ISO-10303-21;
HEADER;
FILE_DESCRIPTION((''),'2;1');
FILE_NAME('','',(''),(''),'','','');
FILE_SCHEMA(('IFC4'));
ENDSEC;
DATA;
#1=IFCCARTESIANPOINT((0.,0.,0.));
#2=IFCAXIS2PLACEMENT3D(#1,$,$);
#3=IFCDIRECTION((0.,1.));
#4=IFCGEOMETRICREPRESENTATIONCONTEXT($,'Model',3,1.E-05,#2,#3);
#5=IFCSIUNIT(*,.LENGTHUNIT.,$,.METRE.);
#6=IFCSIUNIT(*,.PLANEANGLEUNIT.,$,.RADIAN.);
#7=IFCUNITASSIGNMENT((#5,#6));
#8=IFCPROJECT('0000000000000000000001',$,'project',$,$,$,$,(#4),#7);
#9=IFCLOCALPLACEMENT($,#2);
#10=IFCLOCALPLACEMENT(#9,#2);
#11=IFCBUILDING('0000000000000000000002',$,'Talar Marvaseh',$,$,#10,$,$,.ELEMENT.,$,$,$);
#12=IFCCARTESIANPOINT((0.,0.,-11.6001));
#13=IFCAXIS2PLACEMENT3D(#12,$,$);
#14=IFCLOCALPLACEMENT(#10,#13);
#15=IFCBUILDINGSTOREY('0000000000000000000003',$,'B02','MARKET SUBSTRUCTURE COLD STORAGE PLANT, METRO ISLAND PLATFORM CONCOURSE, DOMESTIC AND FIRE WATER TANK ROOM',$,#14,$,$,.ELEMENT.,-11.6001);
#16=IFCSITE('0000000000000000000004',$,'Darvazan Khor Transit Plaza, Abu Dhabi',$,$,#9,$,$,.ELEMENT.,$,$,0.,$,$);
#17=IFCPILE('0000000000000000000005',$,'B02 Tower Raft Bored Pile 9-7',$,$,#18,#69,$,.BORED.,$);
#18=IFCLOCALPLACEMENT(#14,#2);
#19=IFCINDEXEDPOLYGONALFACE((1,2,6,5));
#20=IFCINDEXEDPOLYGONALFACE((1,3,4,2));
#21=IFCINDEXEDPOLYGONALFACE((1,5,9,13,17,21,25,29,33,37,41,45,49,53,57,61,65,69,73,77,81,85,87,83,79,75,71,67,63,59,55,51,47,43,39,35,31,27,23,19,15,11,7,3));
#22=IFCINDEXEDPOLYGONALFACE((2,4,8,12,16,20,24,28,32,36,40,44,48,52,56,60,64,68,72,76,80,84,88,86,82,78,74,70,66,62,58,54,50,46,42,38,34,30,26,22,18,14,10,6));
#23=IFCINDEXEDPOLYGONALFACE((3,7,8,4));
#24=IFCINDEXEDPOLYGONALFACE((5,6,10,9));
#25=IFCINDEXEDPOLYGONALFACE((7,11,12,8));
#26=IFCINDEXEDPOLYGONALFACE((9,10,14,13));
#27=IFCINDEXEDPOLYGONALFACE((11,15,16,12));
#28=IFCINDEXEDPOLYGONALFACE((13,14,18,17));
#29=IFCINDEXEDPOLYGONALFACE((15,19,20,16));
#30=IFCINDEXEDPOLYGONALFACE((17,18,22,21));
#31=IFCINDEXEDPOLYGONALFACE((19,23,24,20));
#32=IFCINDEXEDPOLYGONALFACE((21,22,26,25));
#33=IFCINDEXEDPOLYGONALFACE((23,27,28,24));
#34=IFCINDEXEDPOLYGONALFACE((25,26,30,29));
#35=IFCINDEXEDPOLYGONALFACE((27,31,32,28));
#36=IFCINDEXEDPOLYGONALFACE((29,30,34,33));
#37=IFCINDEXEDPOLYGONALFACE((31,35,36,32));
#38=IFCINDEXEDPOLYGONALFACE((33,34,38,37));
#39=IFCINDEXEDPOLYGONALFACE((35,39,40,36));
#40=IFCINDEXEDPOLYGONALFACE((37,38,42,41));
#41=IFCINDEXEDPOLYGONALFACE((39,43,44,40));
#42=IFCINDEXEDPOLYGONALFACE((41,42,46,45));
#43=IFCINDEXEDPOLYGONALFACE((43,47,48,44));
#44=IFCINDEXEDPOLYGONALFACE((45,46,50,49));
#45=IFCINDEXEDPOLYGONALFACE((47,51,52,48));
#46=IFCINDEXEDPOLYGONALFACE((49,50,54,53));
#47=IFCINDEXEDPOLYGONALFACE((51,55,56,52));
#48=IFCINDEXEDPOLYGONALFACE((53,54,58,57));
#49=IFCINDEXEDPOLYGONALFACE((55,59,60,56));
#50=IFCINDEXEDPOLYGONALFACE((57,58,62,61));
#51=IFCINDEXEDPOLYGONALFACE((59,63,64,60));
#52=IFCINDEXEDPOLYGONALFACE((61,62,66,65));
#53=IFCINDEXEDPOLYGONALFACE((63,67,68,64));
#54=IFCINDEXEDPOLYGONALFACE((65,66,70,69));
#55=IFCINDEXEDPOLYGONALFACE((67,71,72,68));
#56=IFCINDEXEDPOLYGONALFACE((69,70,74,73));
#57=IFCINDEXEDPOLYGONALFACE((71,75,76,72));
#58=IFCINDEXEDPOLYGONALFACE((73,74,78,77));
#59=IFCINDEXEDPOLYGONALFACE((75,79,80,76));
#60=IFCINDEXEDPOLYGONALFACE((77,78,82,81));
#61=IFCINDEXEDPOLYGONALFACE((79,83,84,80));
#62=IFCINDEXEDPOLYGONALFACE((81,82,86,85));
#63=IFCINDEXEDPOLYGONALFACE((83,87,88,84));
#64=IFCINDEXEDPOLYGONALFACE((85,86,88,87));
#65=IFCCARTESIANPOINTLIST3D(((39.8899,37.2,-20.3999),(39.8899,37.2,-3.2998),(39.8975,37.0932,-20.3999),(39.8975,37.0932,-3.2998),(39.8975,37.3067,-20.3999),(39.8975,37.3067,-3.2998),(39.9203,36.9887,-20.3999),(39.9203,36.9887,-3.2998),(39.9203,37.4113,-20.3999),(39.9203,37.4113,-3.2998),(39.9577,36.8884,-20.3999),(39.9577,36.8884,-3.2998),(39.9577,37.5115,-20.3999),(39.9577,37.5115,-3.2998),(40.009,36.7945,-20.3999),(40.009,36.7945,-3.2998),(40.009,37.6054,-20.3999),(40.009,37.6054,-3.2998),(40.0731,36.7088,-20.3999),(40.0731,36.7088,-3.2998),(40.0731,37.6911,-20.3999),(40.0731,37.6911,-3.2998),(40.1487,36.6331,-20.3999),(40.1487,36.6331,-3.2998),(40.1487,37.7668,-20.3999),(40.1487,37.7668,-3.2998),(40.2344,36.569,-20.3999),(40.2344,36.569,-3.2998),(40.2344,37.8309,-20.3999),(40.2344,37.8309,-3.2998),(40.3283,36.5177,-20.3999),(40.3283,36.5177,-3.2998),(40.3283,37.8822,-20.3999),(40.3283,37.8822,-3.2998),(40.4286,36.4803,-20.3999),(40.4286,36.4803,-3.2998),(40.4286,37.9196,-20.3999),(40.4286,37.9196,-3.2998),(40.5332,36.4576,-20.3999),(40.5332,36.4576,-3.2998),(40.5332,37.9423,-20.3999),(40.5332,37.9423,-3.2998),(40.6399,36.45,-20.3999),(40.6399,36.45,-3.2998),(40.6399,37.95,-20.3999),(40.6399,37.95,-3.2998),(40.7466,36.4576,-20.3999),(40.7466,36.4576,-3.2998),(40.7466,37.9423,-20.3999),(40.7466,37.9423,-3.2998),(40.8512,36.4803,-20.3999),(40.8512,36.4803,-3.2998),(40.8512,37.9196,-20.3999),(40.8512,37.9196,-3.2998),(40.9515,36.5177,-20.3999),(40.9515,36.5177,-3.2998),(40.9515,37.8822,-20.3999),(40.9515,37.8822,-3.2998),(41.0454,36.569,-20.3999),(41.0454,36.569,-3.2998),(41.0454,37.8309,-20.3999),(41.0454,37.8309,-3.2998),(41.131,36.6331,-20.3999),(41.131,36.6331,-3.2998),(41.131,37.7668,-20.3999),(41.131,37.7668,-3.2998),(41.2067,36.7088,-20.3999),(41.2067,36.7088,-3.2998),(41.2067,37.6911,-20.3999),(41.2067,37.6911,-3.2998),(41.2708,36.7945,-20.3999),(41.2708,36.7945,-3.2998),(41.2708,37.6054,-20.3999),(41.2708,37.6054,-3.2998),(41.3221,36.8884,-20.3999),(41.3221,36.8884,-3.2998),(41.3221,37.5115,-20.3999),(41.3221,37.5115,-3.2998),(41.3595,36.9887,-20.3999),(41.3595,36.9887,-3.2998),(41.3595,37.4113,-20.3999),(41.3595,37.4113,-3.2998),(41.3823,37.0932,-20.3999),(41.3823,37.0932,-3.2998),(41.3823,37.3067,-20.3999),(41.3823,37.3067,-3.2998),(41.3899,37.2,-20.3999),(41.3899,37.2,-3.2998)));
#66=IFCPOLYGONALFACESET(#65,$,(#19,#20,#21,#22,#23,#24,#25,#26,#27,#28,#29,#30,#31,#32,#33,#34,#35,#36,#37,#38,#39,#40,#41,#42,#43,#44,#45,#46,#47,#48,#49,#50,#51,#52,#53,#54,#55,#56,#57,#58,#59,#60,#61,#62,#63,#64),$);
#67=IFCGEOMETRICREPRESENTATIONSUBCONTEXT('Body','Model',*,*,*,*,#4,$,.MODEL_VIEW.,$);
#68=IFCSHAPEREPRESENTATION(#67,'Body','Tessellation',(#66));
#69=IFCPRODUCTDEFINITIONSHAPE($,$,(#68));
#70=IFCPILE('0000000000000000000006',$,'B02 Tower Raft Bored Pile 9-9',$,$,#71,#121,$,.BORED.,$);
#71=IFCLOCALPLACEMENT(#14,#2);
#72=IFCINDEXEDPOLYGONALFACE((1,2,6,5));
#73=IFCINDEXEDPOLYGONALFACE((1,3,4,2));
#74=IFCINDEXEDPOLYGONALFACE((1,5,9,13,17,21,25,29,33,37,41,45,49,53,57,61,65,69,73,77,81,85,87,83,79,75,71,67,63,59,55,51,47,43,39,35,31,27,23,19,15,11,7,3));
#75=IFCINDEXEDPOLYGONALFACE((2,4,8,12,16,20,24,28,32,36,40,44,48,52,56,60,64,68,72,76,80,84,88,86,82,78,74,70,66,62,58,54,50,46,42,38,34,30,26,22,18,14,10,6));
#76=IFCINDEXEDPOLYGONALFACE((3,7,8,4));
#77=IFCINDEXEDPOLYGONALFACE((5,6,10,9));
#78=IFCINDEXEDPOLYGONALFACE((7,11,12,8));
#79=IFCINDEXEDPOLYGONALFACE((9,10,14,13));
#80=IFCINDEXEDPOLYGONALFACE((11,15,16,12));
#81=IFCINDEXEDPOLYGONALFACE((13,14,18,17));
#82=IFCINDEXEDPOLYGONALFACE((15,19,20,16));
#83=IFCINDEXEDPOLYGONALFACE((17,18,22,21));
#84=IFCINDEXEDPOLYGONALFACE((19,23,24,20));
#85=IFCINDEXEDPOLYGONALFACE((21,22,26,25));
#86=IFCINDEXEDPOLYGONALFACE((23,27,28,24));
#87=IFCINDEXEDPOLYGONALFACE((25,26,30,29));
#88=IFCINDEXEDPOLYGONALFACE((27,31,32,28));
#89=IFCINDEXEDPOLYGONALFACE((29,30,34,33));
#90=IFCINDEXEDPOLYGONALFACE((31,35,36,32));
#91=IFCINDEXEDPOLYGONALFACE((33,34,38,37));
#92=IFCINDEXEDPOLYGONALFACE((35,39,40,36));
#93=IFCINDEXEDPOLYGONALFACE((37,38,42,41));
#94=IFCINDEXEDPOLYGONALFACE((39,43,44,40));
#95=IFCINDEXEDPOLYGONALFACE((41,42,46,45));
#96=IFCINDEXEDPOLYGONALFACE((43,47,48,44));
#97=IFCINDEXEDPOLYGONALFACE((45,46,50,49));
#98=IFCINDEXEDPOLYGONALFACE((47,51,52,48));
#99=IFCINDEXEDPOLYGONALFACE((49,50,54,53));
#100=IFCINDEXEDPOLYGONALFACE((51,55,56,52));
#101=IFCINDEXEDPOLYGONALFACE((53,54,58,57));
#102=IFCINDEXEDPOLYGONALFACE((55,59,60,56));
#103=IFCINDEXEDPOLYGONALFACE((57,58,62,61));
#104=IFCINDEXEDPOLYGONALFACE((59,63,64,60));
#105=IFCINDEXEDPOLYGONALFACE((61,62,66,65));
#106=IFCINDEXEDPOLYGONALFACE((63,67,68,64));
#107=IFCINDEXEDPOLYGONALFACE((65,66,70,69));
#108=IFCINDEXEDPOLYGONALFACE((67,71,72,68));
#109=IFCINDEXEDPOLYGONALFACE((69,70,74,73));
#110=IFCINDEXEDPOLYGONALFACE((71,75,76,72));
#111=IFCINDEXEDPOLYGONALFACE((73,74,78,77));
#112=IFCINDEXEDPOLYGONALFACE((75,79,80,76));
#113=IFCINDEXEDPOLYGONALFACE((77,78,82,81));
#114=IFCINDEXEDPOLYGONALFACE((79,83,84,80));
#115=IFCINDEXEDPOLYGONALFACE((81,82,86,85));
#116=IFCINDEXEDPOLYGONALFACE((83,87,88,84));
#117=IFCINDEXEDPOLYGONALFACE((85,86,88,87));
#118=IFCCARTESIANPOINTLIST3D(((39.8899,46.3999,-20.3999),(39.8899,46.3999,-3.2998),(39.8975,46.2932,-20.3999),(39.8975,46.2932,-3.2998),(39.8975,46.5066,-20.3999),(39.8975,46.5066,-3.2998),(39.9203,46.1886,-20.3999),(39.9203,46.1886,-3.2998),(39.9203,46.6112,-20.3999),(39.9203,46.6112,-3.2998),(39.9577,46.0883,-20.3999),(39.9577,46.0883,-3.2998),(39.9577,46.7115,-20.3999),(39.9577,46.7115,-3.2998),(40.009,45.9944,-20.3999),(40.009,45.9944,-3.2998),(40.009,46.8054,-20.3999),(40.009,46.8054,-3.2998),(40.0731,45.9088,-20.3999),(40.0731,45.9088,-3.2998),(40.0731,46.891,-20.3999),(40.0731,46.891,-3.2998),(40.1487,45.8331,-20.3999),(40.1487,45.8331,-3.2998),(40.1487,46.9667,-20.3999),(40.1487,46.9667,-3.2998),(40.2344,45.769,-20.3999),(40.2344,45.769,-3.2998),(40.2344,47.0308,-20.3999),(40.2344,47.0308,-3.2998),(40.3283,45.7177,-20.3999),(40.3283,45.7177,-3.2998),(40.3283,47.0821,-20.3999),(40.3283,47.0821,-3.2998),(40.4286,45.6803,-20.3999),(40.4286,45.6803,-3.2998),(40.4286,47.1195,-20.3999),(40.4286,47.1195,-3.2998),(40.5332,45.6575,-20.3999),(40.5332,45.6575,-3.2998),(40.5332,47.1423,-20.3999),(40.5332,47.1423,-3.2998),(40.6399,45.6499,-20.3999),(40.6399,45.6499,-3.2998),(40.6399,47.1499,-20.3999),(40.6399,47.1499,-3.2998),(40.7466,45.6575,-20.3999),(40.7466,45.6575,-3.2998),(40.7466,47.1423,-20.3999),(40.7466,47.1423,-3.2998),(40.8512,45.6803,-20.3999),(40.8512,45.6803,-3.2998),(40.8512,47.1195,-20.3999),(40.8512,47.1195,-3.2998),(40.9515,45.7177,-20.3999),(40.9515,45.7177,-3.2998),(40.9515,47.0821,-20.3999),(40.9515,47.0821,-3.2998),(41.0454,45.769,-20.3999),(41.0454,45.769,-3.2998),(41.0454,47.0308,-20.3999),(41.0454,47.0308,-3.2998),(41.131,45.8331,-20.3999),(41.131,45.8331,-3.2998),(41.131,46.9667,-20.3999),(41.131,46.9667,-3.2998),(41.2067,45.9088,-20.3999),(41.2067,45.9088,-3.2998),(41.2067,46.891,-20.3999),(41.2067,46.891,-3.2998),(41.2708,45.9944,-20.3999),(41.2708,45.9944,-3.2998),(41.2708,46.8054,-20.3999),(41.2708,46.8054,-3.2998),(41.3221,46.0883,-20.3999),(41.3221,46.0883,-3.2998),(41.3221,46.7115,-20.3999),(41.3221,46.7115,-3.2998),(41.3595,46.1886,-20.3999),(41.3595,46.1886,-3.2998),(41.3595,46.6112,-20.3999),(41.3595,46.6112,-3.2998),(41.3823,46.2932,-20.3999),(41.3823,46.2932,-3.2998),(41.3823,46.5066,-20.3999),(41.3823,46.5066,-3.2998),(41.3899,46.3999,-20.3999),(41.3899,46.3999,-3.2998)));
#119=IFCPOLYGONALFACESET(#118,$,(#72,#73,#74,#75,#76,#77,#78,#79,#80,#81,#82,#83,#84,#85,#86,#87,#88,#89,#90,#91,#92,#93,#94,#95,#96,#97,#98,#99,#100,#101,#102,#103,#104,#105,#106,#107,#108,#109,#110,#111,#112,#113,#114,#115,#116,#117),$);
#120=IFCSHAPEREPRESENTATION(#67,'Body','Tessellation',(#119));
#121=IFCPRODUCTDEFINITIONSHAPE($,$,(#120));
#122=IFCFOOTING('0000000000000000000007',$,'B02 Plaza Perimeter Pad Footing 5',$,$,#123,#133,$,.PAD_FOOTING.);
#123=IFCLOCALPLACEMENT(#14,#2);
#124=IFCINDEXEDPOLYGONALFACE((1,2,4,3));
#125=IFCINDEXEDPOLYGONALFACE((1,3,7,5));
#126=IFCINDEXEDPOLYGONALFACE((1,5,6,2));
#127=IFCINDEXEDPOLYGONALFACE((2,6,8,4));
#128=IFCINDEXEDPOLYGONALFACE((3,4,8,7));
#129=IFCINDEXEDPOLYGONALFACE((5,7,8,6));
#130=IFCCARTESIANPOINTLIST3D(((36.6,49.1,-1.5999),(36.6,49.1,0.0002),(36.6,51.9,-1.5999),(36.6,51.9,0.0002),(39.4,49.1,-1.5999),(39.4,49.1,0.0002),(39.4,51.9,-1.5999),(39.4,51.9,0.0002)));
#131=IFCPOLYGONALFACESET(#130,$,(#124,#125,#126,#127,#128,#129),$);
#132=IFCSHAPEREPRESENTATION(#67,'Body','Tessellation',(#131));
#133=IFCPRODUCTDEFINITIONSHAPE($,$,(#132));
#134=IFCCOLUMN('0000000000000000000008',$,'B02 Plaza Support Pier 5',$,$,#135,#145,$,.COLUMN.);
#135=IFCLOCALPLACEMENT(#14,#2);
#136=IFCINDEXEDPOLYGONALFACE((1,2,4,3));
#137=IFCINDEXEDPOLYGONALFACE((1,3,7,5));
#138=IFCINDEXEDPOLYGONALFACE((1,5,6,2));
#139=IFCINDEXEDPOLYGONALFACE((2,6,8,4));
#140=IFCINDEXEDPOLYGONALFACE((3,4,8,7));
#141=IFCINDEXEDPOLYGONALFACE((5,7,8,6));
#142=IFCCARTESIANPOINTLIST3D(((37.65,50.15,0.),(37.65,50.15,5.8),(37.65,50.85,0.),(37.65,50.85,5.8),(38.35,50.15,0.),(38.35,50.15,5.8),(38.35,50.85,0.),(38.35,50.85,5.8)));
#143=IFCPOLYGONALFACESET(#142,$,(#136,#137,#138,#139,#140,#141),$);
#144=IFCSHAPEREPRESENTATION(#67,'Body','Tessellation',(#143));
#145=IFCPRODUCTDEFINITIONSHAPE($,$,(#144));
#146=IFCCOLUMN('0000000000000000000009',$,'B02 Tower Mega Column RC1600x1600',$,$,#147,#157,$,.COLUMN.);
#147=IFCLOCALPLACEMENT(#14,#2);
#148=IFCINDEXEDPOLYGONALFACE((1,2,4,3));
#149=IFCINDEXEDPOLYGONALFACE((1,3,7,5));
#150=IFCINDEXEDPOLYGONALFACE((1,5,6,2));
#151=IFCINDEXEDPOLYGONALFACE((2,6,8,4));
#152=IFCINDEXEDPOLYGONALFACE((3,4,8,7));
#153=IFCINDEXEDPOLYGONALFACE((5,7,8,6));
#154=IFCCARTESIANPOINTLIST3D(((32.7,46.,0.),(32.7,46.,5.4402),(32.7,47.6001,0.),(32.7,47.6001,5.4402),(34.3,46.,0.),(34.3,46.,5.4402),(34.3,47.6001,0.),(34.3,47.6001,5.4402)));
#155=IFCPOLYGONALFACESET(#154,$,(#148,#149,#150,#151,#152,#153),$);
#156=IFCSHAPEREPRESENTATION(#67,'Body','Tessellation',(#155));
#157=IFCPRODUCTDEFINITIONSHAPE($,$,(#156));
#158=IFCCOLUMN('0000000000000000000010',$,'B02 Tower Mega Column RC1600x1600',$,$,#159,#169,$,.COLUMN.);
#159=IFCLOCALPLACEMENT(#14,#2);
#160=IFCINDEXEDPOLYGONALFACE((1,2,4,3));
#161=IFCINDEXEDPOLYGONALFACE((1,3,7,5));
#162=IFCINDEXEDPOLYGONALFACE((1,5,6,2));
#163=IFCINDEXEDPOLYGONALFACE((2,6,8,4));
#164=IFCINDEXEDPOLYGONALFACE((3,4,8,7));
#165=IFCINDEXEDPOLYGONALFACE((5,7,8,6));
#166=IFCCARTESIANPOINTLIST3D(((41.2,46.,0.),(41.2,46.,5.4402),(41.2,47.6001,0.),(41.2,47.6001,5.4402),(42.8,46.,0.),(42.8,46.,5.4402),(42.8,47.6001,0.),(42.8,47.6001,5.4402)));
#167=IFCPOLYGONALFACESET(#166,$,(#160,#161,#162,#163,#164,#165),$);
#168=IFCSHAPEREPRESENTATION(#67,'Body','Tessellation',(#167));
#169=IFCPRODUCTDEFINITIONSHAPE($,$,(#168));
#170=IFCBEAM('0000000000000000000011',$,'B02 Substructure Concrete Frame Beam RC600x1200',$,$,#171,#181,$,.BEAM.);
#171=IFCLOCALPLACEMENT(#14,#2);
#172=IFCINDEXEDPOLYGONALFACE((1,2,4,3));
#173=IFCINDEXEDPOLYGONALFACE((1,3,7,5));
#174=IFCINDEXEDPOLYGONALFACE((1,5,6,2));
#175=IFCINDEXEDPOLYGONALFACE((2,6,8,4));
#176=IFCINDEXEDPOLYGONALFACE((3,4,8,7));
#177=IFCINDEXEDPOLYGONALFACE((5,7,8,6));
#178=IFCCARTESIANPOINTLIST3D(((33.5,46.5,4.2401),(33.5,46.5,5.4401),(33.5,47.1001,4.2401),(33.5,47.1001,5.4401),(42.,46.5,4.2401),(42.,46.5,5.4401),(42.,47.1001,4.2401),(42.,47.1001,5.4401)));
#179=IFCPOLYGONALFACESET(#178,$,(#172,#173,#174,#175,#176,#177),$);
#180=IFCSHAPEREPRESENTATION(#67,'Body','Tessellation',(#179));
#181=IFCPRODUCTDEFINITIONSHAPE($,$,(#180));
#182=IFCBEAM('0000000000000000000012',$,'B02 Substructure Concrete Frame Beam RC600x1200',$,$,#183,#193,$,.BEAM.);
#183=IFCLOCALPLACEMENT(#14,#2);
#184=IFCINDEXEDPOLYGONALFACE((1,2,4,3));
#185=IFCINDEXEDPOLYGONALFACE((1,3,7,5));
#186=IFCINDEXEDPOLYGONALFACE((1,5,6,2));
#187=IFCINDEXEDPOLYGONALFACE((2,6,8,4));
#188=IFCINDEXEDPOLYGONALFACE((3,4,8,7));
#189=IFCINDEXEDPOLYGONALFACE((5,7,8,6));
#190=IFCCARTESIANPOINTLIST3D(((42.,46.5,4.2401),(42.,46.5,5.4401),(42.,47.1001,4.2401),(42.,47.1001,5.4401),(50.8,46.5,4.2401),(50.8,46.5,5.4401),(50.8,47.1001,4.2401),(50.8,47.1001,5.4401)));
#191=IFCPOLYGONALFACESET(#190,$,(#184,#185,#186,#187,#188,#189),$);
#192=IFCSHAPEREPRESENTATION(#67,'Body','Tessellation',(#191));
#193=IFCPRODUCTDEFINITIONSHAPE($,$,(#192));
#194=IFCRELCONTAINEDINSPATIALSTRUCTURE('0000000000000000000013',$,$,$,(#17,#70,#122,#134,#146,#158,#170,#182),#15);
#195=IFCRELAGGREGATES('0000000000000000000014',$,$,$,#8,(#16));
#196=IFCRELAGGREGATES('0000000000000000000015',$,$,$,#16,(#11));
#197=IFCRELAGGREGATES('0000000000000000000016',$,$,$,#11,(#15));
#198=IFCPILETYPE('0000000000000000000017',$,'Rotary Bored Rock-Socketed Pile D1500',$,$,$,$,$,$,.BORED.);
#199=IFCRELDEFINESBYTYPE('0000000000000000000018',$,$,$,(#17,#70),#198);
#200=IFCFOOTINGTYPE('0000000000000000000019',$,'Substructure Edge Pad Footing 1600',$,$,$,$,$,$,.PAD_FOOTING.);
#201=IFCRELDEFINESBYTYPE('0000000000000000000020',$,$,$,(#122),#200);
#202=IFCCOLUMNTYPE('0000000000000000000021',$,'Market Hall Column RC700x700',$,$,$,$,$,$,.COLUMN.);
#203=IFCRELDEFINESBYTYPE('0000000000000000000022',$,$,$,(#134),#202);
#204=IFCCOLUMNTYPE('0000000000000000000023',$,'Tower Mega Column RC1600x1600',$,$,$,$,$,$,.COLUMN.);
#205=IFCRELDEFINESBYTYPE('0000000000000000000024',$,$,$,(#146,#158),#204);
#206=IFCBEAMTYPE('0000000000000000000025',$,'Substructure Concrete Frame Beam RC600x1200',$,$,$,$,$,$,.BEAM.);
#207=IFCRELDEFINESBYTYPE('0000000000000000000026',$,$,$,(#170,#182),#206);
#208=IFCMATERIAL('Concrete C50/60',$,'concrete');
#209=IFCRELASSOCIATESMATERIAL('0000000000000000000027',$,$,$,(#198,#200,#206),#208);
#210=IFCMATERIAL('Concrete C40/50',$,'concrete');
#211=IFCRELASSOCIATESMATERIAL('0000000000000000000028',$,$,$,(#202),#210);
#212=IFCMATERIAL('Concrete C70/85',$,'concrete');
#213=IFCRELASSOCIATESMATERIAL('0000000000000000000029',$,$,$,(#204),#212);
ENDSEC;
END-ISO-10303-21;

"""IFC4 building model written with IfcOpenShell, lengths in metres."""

from ifc_helpers import new_model, si_unit, direction, frame, origin, origin_2d, place, context, subcontext, project, spatial, rectangle, circle, extrude, source, transform, mapped, material, material_profile, profile_set, type_object, type_shapes, element, save


model = new_model("IFC4")

# Units and contexts
model_context = context("Model", 3, precision=1e-05, world=origin(), true_north=direction((0.0, 1.0)))
body_context = subcontext(model_context, "Body", "Model", "MODEL_VIEW")
ifc_project = project(units=[si_unit("LENGTHUNIT", "METRE"), si_unit("PLANEANGLEUNIT", "RADIAN")], contexts=[model_context])

# Site, building, storey
site_placement = place(None, origin())
site = spatial("IfcSite", under=ifc_project, at=site_placement, Name="Darvazan Khor Transit Plaza, Abu Dhabi", CompositionType="ELEMENT", RefElevation=0.0)
building_placement = place(site_placement, origin())
building = spatial("IfcBuilding", under=site, at=building_placement, Name="Talar Marvaseh", CompositionType="ELEMENT")
storey_placement = place(building_placement, frame((0.0, 0.0, -11.6001)))
storey = spatial("IfcBuildingStorey", under=building, at=storey_placement, Name="B02", Description="MARKET SUBSTRUCTURE COLD STORAGE PLANT, METRO ISLAND PLATFORM CONCOURSE, DOMESTIC AND FIRE WATER TANK ROOM", CompositionType="ELEMENT", Elevation=-11.6001)

# Piles
ifc_material_1 = material(Name="Concrete C50/60", Category="concrete")
ifc_material_profile_1 = material_profile(ifc_material_1, circle(Radius=0.75, at=origin_2d()), Name="PILE-D1500")
ifc_profile_set_1 = profile_set([ifc_material_profile_1], Name="Concrete C50/60")
pile_type_1 = type_object("IfcPileType", Name="Rotary Bored Rock-Socketed Pile D1500", PredefinedType="BORED", material=ifc_profile_set_1)
shared_shape_1 = source(origin(), body_context, "Body", "SweptSolid", [
    extrude(circle(Radius=0.75, at=origin_2d()), origin(), (0.0, 0.0, 1.0), 17.1001),
])
type_shapes(pile_type_1, [shared_shape_1])
for number, where, z_axis, x_axis, name in (
    (1, (40.6399, 37.2, -3.2998), (0.0, 0.0, -1.0), (1.0, 0.0, 0.0), "B02 Tower Raft Bored Pile 9-7"),
    (2, (40.6399, 46.3999, -3.2998), (0.0, 0.0, -1.0), (1.0, 0.0, 0.0), "B02 Tower Raft Bored Pile 9-9"),
):
    element("IfcPile", number, at=place(storey_placement, frame(where, z_axis=z_axis, x_axis=x_axis)), inside=storey, type_object=pile_type_1, Name=name, PredefinedType="BORED", context=body_context, shape_type="MappedRepresentation", body=[
        mapped(shared_shape_1, transform((0.0, 0.0, 0.0), x_axis=(1.0, 0.0, 0.0), y_axis=(0.0, 1.0, 0.0), z_axis=(0.0, 0.0, 1.0), scale=1.0)),
    ])

# Footing
footing_type = type_object("IfcFootingType", Name="Substructure Edge Pad Footing 1600", PredefinedType="PAD_FOOTING", material=ifc_material_1)
shared_shape_2 = source(origin(), body_context, "Body", "SweptSolid", [
    extrude(rectangle(XDim=2.8, YDim=2.8, at=origin_2d()), origin(), (0.0, 0.0, 1.0), 1.6001),
])
type_shapes(footing_type, [shared_shape_2])
footing_placement = place(storey_placement, frame((38.0, 50.5, -1.5999), z_axis=(0.0, 0.0, 1.0), x_axis=(1.0, 0.0, 0.0)))
element("IfcFooting", 3, at=footing_placement, inside=storey, type_object=footing_type, Name="B02 Plaza Perimeter Pad Footing 5", PredefinedType="PAD_FOOTING", context=body_context, shape_type="MappedRepresentation", body=[
    mapped(shared_shape_2, transform((0.0, 0.0, 0.0), x_axis=(1.0, 0.0, 0.0), y_axis=(0.0, 1.0, 0.0), z_axis=(0.0, 0.0, 1.0), scale=1.0)),
])

# Columns
ifc_material_2 = material(Name="Concrete C40/50", Category="concrete")
ifc_material_profile_2 = material_profile(ifc_material_2, rectangle(XDim=0.7, YDim=0.7, at=origin_2d()), Name="RC700x700")
ifc_profile_set_2 = profile_set([ifc_material_profile_2], Name="Concrete C40/50")
column_type_1 = type_object("IfcColumnType", Name="Market Hall Column RC700x700", PredefinedType="COLUMN", material=ifc_profile_set_2)
column_placement = place(storey_placement, frame((38.0, 50.5, 0.0), z_axis=(0.0, 0.0, 1.0), x_axis=(1.0, 0.0, 0.0)))
element("IfcColumn", 4, at=column_placement, inside=storey, type_object=column_type_1, Name="B02 Plaza Support Pier 5", PredefinedType="COLUMN", context=body_context, shape_type="SweptSolid", body=[
    extrude(rectangle(XDim=0.7, YDim=0.7, at=origin_2d()), origin(), (0.0, 0.0, 1.0), 5.8),
])
ifc_material_3 = material(Name="Concrete C70/85", Category="concrete")
ifc_material_profile_3 = material_profile(ifc_material_3, rectangle(XDim=1.6001, YDim=1.6001, at=origin_2d()), Name="RC1600x1600")
ifc_profile_set_3 = profile_set([ifc_material_profile_3], Name="Concrete C70/85")
column_type_2 = type_object("IfcColumnType", Name="Tower Mega Column RC1600x1600", PredefinedType="COLUMN", material=ifc_profile_set_3)
for number, where, z_axis, x_axis, name in (
    (5, (33.5, 46.8, 0.0), (0.0, 0.0, 1.0), (1.0, 0.0, 0.0), "B02 Tower Mega Column RC1600x1600"),
    (6, (42.0, 46.8, 0.0), (0.0, 0.0, 1.0), (1.0, 0.0, 0.0), "B02 Tower Mega Column RC1600x1600"),
):
    element("IfcColumn", number, at=place(storey_placement, frame(where, z_axis=z_axis, x_axis=x_axis)), inside=storey, type_object=column_type_2, Name=name, PredefinedType="COLUMN", context=body_context, shape_type="SweptSolid", body=[
        extrude(rectangle(XDim=1.6001, YDim=1.6001, at=origin_2d()), origin(), (0.0, 0.0, 1.0), 5.4402),
    ])

# Beams
ifc_material_profile_4 = material_profile(ifc_material_1, rectangle(XDim=0.6001, YDim=1.2, at=origin_2d()), Name="RC600x1200")
ifc_profile_set_4 = profile_set([ifc_material_profile_4], Name="Concrete C50/60")
beam_type_1 = type_object("IfcBeamType", Name="Substructure Concrete Frame Beam RC600x1200", PredefinedType="BEAM", material=ifc_profile_set_4)
beam_1_placement = place(storey_placement, frame((33.5, 46.8, 4.8401), z_axis=(1.0, 0.0, 0.0), x_axis=(0.0, 1.0, 0.0)))
element("IfcBeam", 7, at=beam_1_placement, inside=storey, type_object=beam_type_1, Name="B02 Substructure Concrete Frame Beam RC600x1200", PredefinedType="BEAM", context=body_context, shape_type="SweptSolid", body=[
    extrude(rectangle(XDim=0.6001, YDim=1.2, at=origin_2d()), origin(), (0.0, 0.0, 1.0), 8.5),
])
beam_2_placement = place(storey_placement, frame((42.0, 46.8, 4.8401), z_axis=(1.0, 0.0, 0.0), x_axis=(0.0, 1.0, 0.0)))
element("IfcBeam", 8, at=beam_2_placement, inside=storey, type_object=beam_type_1, Name="B02 Substructure Concrete Frame Beam RC600x1200", PredefinedType="BEAM", context=body_context, shape_type="SweptSolid", body=[
    extrude(rectangle(XDim=0.6001, YDim=1.2, at=origin_2d()), origin(), (0.0, 0.0, 1.0), 8.8),
])

save(model, "model.ifc")
